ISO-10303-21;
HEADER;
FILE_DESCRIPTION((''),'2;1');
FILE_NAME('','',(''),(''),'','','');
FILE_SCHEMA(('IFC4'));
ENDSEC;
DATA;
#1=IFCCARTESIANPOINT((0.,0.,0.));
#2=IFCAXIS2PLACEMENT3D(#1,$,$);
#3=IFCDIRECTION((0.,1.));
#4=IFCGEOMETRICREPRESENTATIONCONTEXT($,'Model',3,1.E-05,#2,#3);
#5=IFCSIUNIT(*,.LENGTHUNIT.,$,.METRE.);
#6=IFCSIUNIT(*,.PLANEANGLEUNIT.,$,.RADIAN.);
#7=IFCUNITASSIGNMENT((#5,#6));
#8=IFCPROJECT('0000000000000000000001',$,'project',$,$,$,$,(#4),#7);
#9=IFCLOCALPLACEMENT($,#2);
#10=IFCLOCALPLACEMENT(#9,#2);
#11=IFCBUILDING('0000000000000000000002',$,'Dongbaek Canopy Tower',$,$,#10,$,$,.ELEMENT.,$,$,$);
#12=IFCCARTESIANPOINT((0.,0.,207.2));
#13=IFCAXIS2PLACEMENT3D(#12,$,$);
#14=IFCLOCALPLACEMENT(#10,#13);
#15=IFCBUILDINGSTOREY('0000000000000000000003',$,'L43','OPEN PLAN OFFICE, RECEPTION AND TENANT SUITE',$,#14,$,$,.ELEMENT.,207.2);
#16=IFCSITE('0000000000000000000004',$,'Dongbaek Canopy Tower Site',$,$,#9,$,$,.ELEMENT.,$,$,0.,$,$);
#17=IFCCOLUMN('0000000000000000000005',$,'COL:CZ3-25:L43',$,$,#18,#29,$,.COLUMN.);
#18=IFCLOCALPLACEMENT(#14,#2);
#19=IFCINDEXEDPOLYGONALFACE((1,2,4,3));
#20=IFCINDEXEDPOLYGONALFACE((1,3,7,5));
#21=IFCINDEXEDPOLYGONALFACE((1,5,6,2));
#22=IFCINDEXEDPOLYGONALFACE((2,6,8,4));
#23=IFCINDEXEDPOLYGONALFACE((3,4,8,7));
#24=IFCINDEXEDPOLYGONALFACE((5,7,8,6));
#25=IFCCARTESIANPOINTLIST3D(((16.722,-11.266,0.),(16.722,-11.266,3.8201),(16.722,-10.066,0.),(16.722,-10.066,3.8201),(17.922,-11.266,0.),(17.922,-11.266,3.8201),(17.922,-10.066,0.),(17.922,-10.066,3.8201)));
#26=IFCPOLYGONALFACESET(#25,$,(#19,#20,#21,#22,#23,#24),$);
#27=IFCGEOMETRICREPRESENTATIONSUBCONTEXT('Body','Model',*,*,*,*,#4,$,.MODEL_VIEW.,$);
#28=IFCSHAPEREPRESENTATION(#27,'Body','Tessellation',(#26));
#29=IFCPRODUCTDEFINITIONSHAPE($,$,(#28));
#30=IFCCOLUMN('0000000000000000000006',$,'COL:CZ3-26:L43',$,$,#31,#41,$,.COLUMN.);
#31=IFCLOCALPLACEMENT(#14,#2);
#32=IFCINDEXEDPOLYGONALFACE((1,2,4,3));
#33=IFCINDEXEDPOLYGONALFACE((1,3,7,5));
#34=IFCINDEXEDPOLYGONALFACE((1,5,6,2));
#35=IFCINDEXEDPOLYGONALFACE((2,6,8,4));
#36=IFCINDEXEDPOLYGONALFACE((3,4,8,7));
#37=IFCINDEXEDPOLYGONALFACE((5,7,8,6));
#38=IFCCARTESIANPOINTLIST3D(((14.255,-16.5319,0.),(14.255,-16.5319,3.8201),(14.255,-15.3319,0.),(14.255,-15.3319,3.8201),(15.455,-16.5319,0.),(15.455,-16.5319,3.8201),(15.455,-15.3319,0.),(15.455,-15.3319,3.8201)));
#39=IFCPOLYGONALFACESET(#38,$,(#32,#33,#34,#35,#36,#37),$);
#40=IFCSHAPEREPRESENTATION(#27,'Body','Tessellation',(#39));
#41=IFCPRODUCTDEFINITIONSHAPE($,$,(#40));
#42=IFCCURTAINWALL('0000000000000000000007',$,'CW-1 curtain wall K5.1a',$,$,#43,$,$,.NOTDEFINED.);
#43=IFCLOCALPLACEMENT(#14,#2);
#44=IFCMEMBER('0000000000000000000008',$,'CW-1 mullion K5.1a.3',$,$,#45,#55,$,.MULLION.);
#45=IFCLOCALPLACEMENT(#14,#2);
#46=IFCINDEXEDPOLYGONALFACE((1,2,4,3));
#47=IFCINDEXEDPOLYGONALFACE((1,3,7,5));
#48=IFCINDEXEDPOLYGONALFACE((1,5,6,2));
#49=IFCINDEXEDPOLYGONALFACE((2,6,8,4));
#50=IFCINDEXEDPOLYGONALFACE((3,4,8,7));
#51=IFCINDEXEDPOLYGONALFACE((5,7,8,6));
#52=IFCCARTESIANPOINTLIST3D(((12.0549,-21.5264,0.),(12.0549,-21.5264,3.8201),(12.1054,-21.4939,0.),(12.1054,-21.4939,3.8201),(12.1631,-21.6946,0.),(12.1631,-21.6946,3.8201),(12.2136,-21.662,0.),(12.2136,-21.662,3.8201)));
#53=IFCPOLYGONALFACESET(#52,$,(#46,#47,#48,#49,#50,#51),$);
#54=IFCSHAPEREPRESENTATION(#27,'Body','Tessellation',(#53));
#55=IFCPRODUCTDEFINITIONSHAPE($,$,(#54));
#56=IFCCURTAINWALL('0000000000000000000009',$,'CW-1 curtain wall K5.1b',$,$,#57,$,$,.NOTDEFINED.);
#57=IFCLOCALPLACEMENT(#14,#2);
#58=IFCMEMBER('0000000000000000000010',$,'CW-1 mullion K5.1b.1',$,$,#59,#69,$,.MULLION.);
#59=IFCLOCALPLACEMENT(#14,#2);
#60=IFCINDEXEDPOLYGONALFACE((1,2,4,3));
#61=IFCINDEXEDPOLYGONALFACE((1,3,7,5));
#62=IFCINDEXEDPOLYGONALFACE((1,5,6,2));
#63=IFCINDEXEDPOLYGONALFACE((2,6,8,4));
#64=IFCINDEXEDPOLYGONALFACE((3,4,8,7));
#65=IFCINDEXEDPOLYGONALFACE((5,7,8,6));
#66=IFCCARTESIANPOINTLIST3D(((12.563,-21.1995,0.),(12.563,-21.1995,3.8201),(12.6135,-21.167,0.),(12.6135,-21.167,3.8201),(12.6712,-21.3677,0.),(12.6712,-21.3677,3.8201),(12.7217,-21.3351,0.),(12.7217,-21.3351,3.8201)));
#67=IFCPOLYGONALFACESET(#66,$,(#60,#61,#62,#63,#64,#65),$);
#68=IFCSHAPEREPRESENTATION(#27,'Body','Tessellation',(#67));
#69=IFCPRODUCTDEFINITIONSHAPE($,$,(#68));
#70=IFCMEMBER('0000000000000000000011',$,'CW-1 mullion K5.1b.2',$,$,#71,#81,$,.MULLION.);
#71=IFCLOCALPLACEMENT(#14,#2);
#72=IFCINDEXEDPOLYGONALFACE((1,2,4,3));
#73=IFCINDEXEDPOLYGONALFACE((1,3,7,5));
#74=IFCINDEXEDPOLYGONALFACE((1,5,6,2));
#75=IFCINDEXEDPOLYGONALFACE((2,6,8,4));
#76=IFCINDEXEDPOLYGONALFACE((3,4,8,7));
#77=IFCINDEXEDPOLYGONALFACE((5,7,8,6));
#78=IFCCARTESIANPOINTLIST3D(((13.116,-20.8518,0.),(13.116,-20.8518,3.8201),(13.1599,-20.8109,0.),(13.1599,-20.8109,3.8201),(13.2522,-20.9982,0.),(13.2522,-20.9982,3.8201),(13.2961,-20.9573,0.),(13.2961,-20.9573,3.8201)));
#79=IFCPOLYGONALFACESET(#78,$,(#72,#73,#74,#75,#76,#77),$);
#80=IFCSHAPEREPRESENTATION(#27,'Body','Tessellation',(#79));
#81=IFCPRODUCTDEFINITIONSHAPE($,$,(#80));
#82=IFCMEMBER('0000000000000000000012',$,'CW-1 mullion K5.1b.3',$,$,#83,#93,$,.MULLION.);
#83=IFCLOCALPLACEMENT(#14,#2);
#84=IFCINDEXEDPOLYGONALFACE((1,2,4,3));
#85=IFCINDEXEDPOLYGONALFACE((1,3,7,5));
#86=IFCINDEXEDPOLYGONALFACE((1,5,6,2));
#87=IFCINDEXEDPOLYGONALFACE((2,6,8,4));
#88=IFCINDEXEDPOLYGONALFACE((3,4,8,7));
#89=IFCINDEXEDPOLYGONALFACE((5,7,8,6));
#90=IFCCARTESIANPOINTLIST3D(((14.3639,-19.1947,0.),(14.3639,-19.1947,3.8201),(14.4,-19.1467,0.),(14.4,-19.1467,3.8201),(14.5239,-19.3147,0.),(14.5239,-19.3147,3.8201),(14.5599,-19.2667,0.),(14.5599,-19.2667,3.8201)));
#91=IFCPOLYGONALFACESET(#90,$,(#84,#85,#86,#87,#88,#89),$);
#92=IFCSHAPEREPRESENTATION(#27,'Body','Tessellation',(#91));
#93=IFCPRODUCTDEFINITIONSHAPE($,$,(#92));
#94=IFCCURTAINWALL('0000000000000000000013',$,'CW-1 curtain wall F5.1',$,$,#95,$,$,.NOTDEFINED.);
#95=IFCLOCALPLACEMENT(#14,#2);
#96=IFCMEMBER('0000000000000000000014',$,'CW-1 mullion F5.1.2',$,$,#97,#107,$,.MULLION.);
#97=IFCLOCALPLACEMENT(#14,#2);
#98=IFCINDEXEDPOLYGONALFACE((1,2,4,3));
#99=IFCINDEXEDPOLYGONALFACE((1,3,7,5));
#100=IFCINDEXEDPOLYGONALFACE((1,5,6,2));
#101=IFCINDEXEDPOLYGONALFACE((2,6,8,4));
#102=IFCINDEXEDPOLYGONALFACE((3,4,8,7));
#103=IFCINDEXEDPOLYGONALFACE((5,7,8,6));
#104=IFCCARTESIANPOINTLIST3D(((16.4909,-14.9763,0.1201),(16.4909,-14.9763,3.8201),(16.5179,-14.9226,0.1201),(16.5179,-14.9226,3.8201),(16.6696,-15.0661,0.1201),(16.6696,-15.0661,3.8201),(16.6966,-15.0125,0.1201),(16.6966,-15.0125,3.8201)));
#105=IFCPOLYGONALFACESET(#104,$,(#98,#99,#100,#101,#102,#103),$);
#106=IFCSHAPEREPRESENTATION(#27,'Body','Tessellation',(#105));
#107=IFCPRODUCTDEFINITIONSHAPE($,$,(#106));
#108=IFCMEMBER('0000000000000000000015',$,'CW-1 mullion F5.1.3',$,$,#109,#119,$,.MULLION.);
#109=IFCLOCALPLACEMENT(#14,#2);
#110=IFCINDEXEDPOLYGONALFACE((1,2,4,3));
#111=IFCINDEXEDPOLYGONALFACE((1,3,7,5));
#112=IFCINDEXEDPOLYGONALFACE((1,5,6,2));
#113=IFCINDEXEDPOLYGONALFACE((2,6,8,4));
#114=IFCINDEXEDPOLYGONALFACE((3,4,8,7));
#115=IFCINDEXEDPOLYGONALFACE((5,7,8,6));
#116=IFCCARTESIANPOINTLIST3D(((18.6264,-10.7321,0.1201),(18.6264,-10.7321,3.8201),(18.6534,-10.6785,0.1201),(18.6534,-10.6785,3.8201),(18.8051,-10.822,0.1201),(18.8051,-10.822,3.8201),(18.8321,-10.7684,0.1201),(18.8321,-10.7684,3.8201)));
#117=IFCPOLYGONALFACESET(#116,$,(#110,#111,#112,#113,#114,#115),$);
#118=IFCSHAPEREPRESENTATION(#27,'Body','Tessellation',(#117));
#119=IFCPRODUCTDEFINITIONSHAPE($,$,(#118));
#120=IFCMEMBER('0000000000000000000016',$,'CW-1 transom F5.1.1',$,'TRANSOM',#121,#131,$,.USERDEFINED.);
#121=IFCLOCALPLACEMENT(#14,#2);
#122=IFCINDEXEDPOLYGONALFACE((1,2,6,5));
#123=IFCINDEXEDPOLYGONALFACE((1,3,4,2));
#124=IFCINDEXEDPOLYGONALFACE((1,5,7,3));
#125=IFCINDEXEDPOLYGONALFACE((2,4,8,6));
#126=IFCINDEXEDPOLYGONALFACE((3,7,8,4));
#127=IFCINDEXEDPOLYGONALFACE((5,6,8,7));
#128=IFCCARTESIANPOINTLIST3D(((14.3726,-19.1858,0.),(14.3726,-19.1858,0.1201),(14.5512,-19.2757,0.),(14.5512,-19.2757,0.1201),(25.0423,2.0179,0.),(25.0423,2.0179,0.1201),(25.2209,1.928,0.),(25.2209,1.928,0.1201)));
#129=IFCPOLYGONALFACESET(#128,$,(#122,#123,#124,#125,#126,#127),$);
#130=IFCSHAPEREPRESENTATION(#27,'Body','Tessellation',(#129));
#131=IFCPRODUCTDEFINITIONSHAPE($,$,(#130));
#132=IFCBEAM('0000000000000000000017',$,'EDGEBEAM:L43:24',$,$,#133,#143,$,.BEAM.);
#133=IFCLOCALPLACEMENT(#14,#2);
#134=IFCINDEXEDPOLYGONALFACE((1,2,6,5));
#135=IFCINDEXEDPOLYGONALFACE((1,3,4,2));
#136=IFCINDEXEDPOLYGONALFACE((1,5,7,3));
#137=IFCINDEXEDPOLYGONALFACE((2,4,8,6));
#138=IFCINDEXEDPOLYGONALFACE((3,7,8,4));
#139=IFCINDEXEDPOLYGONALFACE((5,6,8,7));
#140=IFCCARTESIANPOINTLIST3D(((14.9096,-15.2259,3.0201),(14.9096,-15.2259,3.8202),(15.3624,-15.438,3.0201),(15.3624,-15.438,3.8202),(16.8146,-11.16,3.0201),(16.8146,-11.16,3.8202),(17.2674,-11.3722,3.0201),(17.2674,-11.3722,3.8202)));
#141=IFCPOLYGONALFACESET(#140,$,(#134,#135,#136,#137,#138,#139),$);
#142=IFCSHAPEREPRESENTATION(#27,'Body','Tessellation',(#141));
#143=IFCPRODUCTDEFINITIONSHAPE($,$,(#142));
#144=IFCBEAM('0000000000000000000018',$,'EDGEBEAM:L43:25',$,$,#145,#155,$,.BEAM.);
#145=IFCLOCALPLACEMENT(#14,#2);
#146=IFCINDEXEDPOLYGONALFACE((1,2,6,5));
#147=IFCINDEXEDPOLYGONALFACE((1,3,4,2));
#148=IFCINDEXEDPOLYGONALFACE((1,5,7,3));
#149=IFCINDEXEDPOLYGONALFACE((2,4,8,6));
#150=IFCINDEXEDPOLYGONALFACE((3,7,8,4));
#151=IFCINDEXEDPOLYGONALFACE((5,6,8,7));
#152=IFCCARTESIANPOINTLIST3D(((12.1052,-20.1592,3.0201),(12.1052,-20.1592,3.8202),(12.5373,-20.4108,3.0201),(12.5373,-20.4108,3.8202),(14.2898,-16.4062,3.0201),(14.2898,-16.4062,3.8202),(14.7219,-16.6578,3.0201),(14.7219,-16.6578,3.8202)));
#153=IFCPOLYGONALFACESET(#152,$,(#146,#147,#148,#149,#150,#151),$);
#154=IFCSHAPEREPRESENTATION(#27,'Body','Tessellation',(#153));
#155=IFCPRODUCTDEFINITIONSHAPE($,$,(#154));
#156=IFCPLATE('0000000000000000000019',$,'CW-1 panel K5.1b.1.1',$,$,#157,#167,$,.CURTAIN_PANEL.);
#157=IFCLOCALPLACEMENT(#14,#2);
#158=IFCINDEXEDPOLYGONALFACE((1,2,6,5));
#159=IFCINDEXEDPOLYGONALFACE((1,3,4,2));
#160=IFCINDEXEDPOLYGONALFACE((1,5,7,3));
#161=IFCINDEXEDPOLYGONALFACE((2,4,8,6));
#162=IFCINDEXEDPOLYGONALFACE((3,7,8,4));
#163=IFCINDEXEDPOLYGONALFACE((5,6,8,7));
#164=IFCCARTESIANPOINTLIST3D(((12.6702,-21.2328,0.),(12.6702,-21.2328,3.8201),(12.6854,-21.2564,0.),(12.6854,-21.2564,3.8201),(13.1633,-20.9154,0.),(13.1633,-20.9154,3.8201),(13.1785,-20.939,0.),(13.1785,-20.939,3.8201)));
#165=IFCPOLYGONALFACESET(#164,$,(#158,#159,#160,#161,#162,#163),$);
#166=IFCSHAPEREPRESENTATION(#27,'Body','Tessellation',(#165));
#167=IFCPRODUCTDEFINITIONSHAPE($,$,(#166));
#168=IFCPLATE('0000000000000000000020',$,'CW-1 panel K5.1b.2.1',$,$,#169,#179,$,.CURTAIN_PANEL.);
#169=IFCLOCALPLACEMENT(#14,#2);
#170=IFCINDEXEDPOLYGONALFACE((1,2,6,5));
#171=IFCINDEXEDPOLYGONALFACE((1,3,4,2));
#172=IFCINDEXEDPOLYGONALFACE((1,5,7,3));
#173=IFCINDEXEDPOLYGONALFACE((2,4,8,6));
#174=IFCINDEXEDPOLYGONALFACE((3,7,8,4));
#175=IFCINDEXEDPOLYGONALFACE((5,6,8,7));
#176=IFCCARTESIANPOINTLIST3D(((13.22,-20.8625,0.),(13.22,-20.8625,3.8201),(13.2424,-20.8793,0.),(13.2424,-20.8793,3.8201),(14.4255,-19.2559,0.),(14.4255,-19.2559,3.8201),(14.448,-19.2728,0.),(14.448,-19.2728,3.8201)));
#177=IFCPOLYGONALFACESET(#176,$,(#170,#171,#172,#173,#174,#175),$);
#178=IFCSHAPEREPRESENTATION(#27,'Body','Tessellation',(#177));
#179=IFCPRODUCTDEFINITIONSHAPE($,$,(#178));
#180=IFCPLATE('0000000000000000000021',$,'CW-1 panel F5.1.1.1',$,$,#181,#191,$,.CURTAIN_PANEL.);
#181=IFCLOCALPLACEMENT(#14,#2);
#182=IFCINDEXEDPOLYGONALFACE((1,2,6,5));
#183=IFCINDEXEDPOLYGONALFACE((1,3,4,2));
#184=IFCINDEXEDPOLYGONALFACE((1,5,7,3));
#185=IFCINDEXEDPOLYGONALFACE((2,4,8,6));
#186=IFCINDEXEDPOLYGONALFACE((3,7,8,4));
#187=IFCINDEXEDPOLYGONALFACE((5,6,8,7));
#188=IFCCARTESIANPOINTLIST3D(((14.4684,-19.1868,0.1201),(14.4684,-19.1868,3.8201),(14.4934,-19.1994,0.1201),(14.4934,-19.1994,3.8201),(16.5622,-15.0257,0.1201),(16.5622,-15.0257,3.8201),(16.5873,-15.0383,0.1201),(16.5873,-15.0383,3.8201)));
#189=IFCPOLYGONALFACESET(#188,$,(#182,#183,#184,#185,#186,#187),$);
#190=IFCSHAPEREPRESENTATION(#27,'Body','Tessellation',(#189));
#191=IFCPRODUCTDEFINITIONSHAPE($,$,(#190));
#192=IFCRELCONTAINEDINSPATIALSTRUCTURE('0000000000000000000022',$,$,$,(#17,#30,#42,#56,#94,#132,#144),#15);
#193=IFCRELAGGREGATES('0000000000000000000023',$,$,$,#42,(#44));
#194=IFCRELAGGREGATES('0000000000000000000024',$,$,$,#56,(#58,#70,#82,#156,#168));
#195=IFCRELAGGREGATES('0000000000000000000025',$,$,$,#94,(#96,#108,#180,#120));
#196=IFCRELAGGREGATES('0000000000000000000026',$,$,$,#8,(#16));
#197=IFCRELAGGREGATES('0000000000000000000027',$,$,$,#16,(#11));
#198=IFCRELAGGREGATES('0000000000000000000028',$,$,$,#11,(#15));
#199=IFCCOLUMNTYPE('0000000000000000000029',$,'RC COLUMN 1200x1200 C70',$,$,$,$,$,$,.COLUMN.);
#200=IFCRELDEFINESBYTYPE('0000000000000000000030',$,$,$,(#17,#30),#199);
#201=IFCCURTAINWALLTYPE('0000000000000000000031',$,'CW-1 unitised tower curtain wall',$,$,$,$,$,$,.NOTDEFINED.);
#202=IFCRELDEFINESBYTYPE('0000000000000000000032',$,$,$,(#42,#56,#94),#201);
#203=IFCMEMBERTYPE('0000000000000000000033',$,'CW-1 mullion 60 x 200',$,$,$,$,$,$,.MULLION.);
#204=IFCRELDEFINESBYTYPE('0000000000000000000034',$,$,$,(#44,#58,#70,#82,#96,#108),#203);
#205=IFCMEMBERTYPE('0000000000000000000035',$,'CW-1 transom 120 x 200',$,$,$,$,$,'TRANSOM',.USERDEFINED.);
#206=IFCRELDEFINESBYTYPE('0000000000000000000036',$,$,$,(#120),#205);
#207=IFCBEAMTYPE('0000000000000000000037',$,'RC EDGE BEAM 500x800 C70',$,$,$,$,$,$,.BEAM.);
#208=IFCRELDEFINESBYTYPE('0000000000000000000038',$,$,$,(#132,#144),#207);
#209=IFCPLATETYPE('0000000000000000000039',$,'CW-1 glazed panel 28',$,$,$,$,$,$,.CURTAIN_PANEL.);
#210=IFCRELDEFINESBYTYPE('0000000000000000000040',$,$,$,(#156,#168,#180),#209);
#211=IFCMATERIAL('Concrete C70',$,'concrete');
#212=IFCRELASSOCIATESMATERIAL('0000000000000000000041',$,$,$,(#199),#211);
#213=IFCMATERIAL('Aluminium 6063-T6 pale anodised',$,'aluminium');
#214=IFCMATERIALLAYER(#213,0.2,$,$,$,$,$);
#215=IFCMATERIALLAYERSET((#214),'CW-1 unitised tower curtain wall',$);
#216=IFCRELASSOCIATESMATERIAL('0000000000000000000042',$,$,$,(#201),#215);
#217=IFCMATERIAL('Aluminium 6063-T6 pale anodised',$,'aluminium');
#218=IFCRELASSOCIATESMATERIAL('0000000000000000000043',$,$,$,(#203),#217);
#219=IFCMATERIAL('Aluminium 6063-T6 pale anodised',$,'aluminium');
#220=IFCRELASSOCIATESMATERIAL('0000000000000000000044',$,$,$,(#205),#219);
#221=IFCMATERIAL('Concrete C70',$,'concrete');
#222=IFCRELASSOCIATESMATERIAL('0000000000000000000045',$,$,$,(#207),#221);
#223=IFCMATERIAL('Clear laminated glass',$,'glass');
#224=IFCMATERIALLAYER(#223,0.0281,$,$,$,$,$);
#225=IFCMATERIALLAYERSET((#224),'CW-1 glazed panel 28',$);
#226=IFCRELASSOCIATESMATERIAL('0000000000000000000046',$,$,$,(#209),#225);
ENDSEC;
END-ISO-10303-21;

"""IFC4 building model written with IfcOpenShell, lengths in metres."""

from ifc_helpers import new_model, si_unit, direction, frame, origin, origin_2d, place, context, subcontext, project, spatial, rectangle, extrude, material, layer, layer_set, material_profile, profile_set, type_object, element, aggregate, save


model = new_model("IFC4")

# Units and contexts
model_context = context("Model", 3, precision=1e-05, world=origin(), true_north=direction((0.0, 1.0)))
body_context = subcontext(model_context, "Body", "Model", "MODEL_VIEW")
ifc_project = project(units=[si_unit("LENGTHUNIT", "METRE"), si_unit("PLANEANGLEUNIT", "RADIAN")], contexts=[model_context])

# Site, building, storey
site_placement = place(None, origin())
site = spatial("IfcSite", under=ifc_project, at=site_placement, Name="Dongbaek Canopy Tower Site", CompositionType="ELEMENT", RefElevation=0.0)
building_placement = place(site_placement, origin())
building = spatial("IfcBuilding", under=site, at=building_placement, Name="Dongbaek Canopy Tower", CompositionType="ELEMENT")
storey_placement = place(building_placement, frame((0.0, 0.0, 207.2)))
storey = spatial("IfcBuildingStorey", under=building, at=storey_placement, Name="L43", Description="OPEN PLAN OFFICE, RECEPTION AND TENANT SUITE", CompositionType="ELEMENT", Elevation=207.2)

# Columns
ifc_material_1 = material(Name="Concrete C70", Category="concrete")
ifc_material_profile_1 = material_profile(ifc_material_1, rectangle(XDim=1.2, YDim=1.2, at=origin_2d()), Name="RC COLUMN 1200x1200 C70")
ifc_profile_set_1 = profile_set([ifc_material_profile_1], Name="Concrete C70")
column_type = type_object("IfcColumnType", Name="RC COLUMN 1200x1200 C70", PredefinedType="COLUMN", material=ifc_profile_set_1)
for number, where, z_axis, x_axis, name in (
    (1, (17.322, -10.666, 0.0), (0.0, 0.0, 1.0), (1.0, 0.0, 0.0), "COL:CZ3-25:L43"),
    (2, (14.855, -15.9319, 0.0), (0.0, 0.0, 1.0), (1.0, 0.0, 0.0), "COL:CZ3-26:L43"),
):
    element("IfcColumn", number, at=place(storey_placement, frame(where, z_axis=z_axis, x_axis=x_axis)), inside=storey, type_object=column_type, Name=name, PredefinedType="COLUMN", context=body_context, shape_type="SweptSolid", body=[
        extrude(rectangle(XDim=1.2, YDim=1.2, at=origin_2d()), origin(), (0.0, 0.0, 1.0), 3.8201),
    ])

# Curtain wall, member
ifc_material_2 = material(Name="Aluminium 6063-T6 pale anodised", Category="aluminium")
ifc_layer_1 = layer(ifc_material_2, 0.2)
ifc_layer_set_1 = layer_set([ifc_layer_1], Name="CW-1 unitised tower curtain wall")
curtain_wall_type = type_object("IfcCurtainWallType", Name="CW-1 unitised tower curtain wall", PredefinedType="NOTDEFINED", material=ifc_layer_set_1)
curtain_wall_1_placement = place(storey_placement, origin())
curtain_wall_1 = element("IfcCurtainWall", 3, at=curtain_wall_1_placement, inside=storey, type_object=curtain_wall_type, Name="CW-1 curtain wall K5.1a", PredefinedType="NOTDEFINED")
ifc_material_3 = material(Name="Aluminium 6063-T6 pale anodised", Category="aluminium")
ifc_material_profile_2 = material_profile(ifc_material_3, rectangle(XDim=0.2, YDim=0.0601, at=origin_2d()), Name="CW-1 mullion 60 x 200")
ifc_profile_set_2 = profile_set([ifc_material_profile_2], Name="Aluminium 6063-T6 pale anodised")
member_type_1 = type_object("IfcMemberType", Name="CW-1 mullion 60 x 200", PredefinedType="MULLION", material=ifc_profile_set_2)
member_1_placement = place(storey_placement, frame((12.1343, -21.5942, 0.0), z_axis=(0.0, 0.0, 1.0), x_axis=(0.541263, -0.840853, 0.0)))
member_1 = element("IfcMember", 4, at=member_1_placement, type_object=member_type_1, Name="CW-1 mullion K5.1a.3", PredefinedType="MULLION", context=body_context, shape_type="SweptSolid", body=[
    extrude(rectangle(XDim=0.2, YDim=0.0601, at=origin_2d()), origin(), (0.0, 0.0, 1.0), 3.8201),
])
aggregate(curtain_wall_1, [member_1])

# Curtain walls, members
curtain_wall_2_placement = place(storey_placement, origin())
curtain_wall_2 = element("IfcCurtainWall", 5, at=curtain_wall_2_placement, inside=storey, type_object=curtain_wall_type, Name="CW-1 curtain wall K5.1b", PredefinedType="NOTDEFINED")
member_2_placement = place(storey_placement, frame((12.6423, -21.2673, 0.0), z_axis=(0.0, 0.0, 1.0), x_axis=(0.541263, -0.840853, 0.0)))
member_2 = element("IfcMember", 6, at=member_2_placement, type_object=member_type_1, Name="CW-1 mullion K5.1b.1", PredefinedType="MULLION", context=body_context, shape_type="SweptSolid", body=[
    extrude(rectangle(XDim=0.2, YDim=0.0601, at=origin_2d()), origin(), (0.0, 0.0, 1.0), 3.8201),
])
member_3_placement = place(storey_placement, frame((13.2061, -20.9045, 0.0), z_axis=(0.0, 0.0, 1.0), x_axis=(0.681266, -0.732036, 0.0)))
member_3 = element("IfcMember", 7, at=member_3_placement, type_object=member_type_1, Name="CW-1 mullion K5.1b.2", PredefinedType="MULLION", context=body_context, shape_type="SweptSolid", body=[
    extrude(rectangle(XDim=0.2, YDim=0.0601, at=origin_2d()), origin(), (0.0, 0.0, 1.0), 3.8201),
])
member_4_placement = place(storey_placement, frame((14.4619, -19.2307, 0.0), z_axis=(0.0, 0.0, 1.0), x_axis=(0.799847, -0.600203, 0.0)))
member_4 = element("IfcMember", 8, at=member_4_placement, type_object=member_type_1, Name="CW-1 mullion K5.1b.3", PredefinedType="MULLION", context=body_context, shape_type="SweptSolid", body=[
    extrude(rectangle(XDim=0.2, YDim=0.0601, at=origin_2d()), origin(), (0.0, 0.0, 1.0), 3.8201),
])
curtain_wall_3_placement = place(storey_placement, origin())
curtain_wall_3 = element("IfcCurtainWall", 9, at=curtain_wall_3_placement, inside=storey, type_object=curtain_wall_type, Name="CW-1 curtain wall F5.1", PredefinedType="NOTDEFINED")
member_5_placement = place(storey_placement, frame((16.5938, -14.9944, 0.1201), z_axis=(0.0, 0.0, 1.0), x_axis=(0.893281, -0.449499, 0.0)))
member_5 = element("IfcMember", 10, at=member_5_placement, type_object=member_type_1, Name="CW-1 mullion F5.1.2", PredefinedType="MULLION", context=body_context, shape_type="SweptSolid", body=[
    extrude(rectangle(XDim=0.2, YDim=0.0601, at=origin_2d()), origin(), (0.0, 0.0, 1.0), 3.7),
])
member_6_placement = place(storey_placement, frame((18.7292, -10.7502, 0.1201), z_axis=(0.0, 0.0, 1.0), x_axis=(0.893281, -0.449499, 0.0)))
member_6 = element("IfcMember", 11, at=member_6_placement, type_object=member_type_1, Name="CW-1 mullion F5.1.3", PredefinedType="MULLION", context=body_context, shape_type="SweptSolid", body=[
    extrude(rectangle(XDim=0.2, YDim=0.0601, at=origin_2d()), origin(), (0.0, 0.0, 1.0), 3.7),
])
ifc_material_4 = material(Name="Aluminium 6063-T6 pale anodised", Category="aluminium")
ifc_material_profile_3 = material_profile(ifc_material_4, rectangle(XDim=0.2, YDim=0.1201, at=origin_2d()), Name="CW-1 transom 120 x 200")
ifc_profile_set_3 = profile_set([ifc_material_profile_3], Name="Aluminium 6063-T6 pale anodised")
member_type_2 = type_object("IfcMemberType", Name="CW-1 transom 120 x 200", ElementType="TRANSOM", PredefinedType="USERDEFINED", material=ifc_profile_set_3)
member_7_placement = place(storey_placement, frame((14.4619, -19.2307, 0.0601), z_axis=(0.4495, 0.893281, 0.0), x_axis=(-0.893281, 0.4495, 0.0)))
member_7 = element("IfcMember", 12, at=member_7_placement, type_object=member_type_2, Name="CW-1 transom F5.1.1", ObjectType="TRANSOM", PredefinedType="USERDEFINED", context=body_context, shape_type="SweptSolid", body=[
    extrude(rectangle(XDim=0.2, YDim=0.1201, at=origin_2d()), origin(), (0.0, 0.0, 1.0), 23.7368),
])

# Beams
ifc_material_5 = material(Name="Concrete C70", Category="concrete")
ifc_material_profile_4 = material_profile(ifc_material_5, rectangle(XDim=0.5, YDim=0.8, at=origin_2d()), Name="RC EDGE BEAM 500x800 C70")
ifc_profile_set_4 = profile_set([ifc_material_profile_4], Name="Concrete C70")
beam_type = type_object("IfcBeamType", Name="RC EDGE BEAM 500x800 C70", PredefinedType="BEAM", material=ifc_profile_set_4)
beam_1_placement = place(storey_placement, frame((17.041, -11.2661, 3.4202), z_axis=(-0.424275, -0.905533, 0.0), x_axis=(0.905533, -0.424275, 0.0)))
element("IfcBeam", 13, at=beam_1_placement, inside=storey, type_object=beam_type, Name="EDGEBEAM:L43:24", PredefinedType="BEAM", context=body_context, shape_type="SweptSolid", body=[
    extrude(rectangle(XDim=0.5, YDim=0.8, at=origin_2d()), origin(), (0.0, 0.0, 1.0), 4.49),
])
beam_2_placement = place(storey_placement, frame((14.5059, -16.532, 3.4202), z_axis=(-0.503074, -0.864243, 0.0), x_axis=(0.864243, -0.503074, 0.0)))
element("IfcBeam", 14, at=beam_2_placement, inside=storey, type_object=beam_type, Name="EDGEBEAM:L43:25", PredefinedType="BEAM", context=body_context, shape_type="SweptSolid", body=[
    extrude(rectangle(XDim=0.5, YDim=0.8, at=origin_2d()), origin(), (0.0, 0.0, 1.0), 4.3425),
])

# Plates
ifc_material_6 = material(Name="Clear laminated glass", Category="glass")
ifc_layer_2 = layer(ifc_material_6, 0.0281)
ifc_layer_set_2 = layer_set([ifc_layer_2], Name="CW-1 glazed panel 28")
plate_type = type_object("IfcPlateType", Name="CW-1 glazed panel 28", PredefinedType="CURTAIN_PANEL", material=ifc_layer_set_2)
plate_1_placement = place(storey_placement, frame((12.9243, -21.0859, 0.0), z_axis=(0.0, 0.0, 1.0), x_axis=(0.840853, 0.541263, 0.0)))
plate_1 = element("IfcPlate", 15, at=plate_1_placement, type_object=plate_type, Name="CW-1 panel K5.1b.1.1", PredefinedType="CURTAIN_PANEL", context=body_context, shape_type="SweptSolid", body=[
    extrude(rectangle(XDim=0.5864, YDim=0.0281, at=origin_2d()), origin(), (0.0, 0.0, 1.0), 3.8201),
])
plate_2_placement = place(storey_placement, frame((13.834, -20.0676, 0.0), z_axis=(0.0, 0.0, 1.0), x_axis=(0.600203, 0.799847, 0.0)))
plate_2 = element("IfcPlate", 16, at=plate_2_placement, type_object=plate_type, Name="CW-1 panel K5.1b.2.1", PredefinedType="CURTAIN_PANEL", context=body_context, shape_type="SweptSolid", body=[
    extrude(rectangle(XDim=2.0085, YDim=0.0281, at=origin_2d()), origin(), (0.0, 0.0, 1.0), 3.8201),
])
plate_3_placement = place(storey_placement, frame((15.5278, -17.1125, 0.1201), z_axis=(0.0, 0.0, 1.0), x_axis=(0.449499, 0.893281, 0.0)))
plate_3 = element("IfcPlate", 17, at=plate_3_placement, type_object=plate_type, Name="CW-1 panel F5.1.1.1", PredefinedType="CURTAIN_PANEL", context=body_context, shape_type="SweptSolid", body=[
    extrude(rectangle(XDim=4.6582, YDim=0.0281, at=origin_2d()), origin(), (0.0, 0.0, 1.0), 3.7),
])

aggregate(curtain_wall_2, [member_2, member_3, member_4, plate_1, plate_2])
aggregate(curtain_wall_3, [member_5, member_6, plate_3, member_7])

save(model, "model.ifc")
